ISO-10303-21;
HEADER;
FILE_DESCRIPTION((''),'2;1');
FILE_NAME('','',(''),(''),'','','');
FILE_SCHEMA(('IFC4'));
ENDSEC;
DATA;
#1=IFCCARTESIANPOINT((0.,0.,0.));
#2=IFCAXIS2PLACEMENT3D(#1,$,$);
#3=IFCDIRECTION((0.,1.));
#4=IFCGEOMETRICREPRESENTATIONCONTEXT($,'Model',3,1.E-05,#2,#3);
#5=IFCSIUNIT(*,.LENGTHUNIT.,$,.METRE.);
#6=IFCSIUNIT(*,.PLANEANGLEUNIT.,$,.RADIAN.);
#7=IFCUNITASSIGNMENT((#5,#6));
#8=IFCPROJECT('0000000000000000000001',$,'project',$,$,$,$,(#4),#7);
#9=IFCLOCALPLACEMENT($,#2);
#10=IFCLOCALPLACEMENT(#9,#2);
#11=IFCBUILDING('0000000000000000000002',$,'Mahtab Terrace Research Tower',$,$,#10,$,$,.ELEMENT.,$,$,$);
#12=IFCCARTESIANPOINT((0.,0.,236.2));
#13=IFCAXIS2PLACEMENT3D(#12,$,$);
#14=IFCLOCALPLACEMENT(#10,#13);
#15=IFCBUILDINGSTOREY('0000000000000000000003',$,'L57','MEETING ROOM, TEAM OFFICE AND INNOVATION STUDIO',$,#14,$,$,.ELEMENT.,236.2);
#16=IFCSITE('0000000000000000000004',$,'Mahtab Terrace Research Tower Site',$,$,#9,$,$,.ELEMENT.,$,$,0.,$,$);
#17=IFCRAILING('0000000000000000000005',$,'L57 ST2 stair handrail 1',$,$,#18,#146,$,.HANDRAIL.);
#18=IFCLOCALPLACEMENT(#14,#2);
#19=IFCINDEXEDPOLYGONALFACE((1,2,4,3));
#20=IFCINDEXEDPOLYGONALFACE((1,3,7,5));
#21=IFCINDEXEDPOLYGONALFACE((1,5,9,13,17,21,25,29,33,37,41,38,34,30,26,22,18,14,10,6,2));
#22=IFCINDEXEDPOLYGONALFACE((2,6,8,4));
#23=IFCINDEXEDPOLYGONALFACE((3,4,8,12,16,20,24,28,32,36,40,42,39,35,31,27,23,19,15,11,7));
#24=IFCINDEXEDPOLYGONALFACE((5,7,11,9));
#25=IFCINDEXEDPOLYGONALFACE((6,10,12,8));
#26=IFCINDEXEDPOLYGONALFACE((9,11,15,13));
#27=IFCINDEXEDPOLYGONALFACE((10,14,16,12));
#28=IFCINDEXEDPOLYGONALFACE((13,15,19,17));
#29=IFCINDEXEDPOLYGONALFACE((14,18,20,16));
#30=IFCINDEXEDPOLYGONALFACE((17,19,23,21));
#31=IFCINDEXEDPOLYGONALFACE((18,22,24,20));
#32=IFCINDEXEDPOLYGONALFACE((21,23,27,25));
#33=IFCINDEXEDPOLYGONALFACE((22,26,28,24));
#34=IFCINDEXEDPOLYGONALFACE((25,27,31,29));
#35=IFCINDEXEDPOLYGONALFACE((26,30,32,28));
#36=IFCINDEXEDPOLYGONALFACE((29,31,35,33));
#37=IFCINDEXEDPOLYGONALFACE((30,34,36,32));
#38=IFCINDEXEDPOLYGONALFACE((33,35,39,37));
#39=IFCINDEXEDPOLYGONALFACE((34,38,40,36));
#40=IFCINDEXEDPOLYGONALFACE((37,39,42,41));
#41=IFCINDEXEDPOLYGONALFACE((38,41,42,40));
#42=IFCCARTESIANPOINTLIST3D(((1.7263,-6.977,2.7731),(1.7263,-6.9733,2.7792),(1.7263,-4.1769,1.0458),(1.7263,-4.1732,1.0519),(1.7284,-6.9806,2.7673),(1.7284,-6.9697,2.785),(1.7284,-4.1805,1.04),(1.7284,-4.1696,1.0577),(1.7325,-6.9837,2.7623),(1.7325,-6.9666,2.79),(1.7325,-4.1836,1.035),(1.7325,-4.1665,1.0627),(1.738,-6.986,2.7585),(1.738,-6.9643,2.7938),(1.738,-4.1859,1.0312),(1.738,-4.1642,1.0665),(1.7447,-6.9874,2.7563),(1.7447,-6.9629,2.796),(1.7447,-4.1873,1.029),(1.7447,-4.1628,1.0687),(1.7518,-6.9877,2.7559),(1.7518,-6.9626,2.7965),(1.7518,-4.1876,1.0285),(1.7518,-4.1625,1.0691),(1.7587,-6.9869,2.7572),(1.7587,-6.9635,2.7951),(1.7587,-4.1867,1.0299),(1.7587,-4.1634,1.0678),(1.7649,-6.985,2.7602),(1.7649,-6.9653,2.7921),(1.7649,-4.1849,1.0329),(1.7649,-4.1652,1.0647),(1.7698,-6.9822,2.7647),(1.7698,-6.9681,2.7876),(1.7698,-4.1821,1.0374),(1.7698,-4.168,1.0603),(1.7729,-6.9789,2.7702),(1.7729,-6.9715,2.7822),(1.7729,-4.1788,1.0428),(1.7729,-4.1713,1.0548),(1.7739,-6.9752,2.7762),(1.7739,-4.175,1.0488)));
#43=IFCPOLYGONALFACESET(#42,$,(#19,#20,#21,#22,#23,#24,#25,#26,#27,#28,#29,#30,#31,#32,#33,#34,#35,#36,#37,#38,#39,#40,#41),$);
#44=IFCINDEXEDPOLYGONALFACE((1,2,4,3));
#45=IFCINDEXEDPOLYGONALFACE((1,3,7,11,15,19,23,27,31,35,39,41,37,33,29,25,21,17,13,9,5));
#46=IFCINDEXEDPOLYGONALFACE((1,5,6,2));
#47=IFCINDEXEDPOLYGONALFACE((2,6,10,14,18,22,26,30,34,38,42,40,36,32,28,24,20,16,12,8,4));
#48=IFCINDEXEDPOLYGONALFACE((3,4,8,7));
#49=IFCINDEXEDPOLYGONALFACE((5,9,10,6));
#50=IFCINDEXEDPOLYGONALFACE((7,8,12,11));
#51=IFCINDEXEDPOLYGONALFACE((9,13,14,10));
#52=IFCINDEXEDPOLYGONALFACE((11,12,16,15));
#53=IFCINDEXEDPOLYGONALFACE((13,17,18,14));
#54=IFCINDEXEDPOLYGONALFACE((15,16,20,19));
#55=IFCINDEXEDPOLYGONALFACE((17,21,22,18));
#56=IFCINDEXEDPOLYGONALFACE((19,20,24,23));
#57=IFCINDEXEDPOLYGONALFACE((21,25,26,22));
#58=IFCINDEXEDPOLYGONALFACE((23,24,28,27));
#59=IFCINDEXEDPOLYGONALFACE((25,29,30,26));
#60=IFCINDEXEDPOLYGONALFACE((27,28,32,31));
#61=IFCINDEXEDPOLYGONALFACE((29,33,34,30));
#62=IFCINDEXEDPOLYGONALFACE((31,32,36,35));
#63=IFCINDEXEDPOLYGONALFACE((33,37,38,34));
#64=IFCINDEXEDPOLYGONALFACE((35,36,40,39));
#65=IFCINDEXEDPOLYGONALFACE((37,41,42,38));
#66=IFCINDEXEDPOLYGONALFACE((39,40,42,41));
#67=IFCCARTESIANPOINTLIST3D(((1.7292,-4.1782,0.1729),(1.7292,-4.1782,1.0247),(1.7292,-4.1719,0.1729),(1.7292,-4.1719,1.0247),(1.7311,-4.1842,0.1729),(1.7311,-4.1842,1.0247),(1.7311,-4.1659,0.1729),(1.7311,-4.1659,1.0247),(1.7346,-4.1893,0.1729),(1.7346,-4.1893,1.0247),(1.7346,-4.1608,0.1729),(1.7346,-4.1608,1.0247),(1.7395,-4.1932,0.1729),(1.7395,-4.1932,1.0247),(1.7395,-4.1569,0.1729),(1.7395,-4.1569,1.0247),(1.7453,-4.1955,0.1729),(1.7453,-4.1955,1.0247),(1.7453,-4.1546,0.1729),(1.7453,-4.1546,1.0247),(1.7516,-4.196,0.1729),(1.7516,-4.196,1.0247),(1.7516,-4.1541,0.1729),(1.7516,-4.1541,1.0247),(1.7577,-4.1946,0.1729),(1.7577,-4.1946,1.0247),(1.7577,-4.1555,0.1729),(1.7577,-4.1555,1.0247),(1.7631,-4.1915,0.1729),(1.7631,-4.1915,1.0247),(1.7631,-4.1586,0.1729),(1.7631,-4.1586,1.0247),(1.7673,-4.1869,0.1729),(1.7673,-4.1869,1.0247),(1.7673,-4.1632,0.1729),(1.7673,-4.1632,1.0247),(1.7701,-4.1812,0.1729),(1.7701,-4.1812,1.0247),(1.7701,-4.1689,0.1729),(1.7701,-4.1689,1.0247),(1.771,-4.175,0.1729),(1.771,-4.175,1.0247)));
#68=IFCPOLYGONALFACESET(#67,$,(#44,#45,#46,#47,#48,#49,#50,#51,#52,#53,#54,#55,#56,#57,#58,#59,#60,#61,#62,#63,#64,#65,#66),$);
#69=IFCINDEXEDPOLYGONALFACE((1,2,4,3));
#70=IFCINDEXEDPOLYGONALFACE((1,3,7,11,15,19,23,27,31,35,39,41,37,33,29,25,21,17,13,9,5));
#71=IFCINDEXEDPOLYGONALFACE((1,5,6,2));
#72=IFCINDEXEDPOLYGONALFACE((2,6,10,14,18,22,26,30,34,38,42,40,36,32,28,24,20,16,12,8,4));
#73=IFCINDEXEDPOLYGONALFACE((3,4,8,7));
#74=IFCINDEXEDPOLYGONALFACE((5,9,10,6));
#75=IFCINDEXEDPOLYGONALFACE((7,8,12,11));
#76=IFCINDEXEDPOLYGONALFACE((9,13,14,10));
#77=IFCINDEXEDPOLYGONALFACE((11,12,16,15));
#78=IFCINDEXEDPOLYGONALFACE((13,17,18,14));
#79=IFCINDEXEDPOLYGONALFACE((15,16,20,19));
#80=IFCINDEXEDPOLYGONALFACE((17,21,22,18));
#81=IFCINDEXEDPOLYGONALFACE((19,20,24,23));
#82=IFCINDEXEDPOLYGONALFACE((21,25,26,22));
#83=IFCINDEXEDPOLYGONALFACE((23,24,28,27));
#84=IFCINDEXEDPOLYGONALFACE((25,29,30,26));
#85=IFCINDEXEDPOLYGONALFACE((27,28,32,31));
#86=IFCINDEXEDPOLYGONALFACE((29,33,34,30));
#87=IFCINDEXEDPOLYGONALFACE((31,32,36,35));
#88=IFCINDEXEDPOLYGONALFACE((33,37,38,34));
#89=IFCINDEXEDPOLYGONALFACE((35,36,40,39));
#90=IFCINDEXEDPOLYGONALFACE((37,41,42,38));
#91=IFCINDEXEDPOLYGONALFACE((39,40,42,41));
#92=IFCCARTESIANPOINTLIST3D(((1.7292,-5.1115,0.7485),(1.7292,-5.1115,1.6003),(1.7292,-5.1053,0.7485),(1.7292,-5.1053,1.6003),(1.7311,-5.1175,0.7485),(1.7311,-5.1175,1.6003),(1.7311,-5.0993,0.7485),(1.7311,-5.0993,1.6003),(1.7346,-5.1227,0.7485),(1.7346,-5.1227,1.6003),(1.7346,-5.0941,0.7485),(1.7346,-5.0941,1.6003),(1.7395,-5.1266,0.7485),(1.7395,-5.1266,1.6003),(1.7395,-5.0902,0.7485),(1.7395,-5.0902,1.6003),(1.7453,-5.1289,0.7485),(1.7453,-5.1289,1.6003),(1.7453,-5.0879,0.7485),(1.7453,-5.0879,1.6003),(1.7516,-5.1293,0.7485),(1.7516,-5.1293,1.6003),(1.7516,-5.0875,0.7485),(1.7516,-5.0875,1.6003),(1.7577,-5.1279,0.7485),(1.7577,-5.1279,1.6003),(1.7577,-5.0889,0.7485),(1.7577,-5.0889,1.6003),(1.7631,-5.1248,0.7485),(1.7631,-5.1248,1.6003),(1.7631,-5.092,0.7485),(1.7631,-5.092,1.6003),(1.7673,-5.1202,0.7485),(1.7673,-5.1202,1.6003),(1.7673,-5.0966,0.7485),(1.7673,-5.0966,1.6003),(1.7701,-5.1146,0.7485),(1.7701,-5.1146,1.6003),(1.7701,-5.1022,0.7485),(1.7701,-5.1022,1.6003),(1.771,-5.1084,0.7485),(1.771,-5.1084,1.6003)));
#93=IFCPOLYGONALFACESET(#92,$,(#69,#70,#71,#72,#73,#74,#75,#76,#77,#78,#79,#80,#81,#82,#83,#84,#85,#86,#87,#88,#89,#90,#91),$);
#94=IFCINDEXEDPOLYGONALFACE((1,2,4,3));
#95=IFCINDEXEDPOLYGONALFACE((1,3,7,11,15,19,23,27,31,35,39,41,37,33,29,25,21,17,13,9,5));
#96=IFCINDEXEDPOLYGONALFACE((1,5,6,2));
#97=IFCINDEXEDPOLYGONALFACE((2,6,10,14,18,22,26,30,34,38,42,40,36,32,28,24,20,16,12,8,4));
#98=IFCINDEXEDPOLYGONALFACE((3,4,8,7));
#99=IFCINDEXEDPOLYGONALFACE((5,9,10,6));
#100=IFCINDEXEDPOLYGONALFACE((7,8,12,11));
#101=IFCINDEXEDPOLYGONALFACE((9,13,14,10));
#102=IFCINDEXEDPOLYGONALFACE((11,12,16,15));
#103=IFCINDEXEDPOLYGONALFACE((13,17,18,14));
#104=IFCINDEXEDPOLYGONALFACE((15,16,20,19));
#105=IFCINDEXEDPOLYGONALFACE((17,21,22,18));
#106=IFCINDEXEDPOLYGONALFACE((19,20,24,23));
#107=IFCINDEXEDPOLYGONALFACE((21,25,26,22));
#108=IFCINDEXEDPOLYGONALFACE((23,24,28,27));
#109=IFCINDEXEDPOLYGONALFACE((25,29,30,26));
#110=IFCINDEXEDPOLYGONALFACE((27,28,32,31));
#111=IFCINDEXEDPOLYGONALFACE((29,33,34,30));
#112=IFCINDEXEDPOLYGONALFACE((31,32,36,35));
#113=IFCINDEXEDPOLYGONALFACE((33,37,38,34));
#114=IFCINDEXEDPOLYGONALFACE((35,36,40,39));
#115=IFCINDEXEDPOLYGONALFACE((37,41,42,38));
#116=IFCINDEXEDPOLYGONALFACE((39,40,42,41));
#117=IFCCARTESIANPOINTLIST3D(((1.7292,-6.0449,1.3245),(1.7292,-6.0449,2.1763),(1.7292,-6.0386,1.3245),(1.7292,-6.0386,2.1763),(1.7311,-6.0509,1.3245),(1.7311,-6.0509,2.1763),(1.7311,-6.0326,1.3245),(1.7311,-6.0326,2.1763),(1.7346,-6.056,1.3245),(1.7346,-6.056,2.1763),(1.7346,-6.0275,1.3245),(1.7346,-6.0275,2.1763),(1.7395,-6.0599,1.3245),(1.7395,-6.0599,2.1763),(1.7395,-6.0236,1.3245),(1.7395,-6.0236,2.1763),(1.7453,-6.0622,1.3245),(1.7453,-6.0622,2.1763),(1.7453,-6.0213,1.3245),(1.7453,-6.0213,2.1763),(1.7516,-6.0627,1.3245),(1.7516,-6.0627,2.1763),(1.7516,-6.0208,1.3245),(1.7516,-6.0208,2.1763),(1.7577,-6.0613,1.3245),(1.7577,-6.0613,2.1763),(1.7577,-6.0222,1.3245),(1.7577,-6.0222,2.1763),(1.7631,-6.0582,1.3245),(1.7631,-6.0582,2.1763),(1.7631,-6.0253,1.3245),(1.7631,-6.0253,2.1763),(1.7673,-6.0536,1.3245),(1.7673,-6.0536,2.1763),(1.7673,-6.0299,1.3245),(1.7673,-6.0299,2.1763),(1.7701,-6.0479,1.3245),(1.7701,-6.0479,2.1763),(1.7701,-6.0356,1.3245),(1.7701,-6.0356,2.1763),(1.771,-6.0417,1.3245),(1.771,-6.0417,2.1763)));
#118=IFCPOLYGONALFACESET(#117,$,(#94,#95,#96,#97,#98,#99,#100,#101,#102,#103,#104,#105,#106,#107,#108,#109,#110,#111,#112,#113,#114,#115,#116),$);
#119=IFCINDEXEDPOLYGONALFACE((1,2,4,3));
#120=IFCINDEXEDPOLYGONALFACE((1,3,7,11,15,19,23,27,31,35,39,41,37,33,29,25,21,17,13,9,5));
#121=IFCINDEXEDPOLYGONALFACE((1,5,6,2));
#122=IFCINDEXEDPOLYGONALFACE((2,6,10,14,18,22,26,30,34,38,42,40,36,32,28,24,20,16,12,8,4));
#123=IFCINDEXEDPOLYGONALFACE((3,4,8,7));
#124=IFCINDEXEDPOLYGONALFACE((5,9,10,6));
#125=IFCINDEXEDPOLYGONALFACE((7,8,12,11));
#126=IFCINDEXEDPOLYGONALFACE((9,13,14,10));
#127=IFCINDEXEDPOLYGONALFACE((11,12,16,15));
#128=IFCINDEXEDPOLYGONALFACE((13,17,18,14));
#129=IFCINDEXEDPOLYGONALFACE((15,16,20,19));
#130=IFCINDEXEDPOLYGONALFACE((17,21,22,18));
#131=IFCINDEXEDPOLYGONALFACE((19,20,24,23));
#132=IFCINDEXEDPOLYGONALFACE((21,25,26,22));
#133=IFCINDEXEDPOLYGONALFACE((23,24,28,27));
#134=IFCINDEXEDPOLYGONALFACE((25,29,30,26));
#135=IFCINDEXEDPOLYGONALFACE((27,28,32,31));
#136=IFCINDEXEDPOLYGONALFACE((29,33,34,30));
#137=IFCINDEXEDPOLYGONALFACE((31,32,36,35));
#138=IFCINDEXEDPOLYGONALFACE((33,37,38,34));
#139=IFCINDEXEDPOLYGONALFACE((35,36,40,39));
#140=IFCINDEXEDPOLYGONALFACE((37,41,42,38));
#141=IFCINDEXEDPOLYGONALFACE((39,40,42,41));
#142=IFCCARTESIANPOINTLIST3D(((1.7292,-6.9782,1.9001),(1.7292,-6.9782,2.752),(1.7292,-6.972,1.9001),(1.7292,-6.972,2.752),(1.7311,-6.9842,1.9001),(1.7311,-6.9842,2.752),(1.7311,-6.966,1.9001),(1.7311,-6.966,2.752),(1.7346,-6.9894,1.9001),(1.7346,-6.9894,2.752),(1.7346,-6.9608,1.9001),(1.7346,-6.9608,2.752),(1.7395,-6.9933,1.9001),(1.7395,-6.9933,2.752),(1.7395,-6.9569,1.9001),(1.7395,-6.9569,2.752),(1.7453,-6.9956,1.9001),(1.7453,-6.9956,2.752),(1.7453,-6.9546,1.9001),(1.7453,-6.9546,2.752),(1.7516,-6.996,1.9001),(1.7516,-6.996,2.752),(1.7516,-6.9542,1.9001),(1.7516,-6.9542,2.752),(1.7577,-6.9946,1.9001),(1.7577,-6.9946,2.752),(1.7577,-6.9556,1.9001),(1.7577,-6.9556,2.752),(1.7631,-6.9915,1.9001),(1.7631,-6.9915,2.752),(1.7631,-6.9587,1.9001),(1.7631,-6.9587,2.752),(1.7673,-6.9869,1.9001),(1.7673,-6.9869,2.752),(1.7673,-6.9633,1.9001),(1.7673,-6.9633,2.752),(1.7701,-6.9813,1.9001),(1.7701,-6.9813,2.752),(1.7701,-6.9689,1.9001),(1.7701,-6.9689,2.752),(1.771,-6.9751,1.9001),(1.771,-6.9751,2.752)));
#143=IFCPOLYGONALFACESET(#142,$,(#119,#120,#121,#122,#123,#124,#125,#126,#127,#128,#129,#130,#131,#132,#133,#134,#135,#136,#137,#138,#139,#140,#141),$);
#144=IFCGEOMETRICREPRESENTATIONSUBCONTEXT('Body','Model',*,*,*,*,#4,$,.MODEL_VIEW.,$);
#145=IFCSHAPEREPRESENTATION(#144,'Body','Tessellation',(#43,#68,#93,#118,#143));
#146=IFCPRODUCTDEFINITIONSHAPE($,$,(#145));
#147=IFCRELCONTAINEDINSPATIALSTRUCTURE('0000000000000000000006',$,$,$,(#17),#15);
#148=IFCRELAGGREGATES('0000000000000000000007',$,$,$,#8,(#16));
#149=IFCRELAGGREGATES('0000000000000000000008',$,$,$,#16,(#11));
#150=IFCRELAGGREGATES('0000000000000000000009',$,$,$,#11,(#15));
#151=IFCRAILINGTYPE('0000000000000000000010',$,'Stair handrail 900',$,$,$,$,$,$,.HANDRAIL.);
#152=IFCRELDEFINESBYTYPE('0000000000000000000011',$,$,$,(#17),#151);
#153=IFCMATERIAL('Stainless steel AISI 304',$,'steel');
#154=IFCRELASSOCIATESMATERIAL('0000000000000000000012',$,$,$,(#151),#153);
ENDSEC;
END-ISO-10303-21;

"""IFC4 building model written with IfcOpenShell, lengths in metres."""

from ifc_helpers import new_model, si_unit, direction, frame, origin, origin_2d, place, context, subcontext, project, spatial, circle, extrude, material, type_object, element, save


model = new_model("IFC4")

# Units and contexts
model_context = context("Model", 3, precision=1e-05, world=origin(), true_north=direction((0.0, 1.0)))
body_context = subcontext(model_context, "Body", "Model", "MODEL_VIEW")
ifc_project = project(units=[si_unit("LENGTHUNIT", "METRE"), si_unit("PLANEANGLEUNIT", "RADIAN")], contexts=[model_context])

# Site, building, storey
site_placement = place(None, origin())
site = spatial("IfcSite", under=ifc_project, at=site_placement, Name="Mahtab Terrace Research Tower Site", CompositionType="ELEMENT", RefElevation=0.0)
building_placement = place(site_placement, origin())
building = spatial("IfcBuilding", under=site, at=building_placement, Name="Mahtab Terrace Research Tower", CompositionType="ELEMENT")
storey_placement = place(building_placement, frame((0.0, 0.0, 236.2)))
storey = spatial("IfcBuildingStorey", under=building, at=storey_placement, Name="L57", Description="MEETING ROOM, TEAM OFFICE AND INNOVATION STUDIO", CompositionType="ELEMENT", Elevation=236.2)

# Shared definitions
ifc_material_1 = material(Name="Stainless steel AISI 304", Category="steel")

# Railing
railing_type_1 = type_object("IfcRailingType", Name="Stair handrail 900", PredefinedType="HANDRAIL", material=ifc_material_1)
railing_1_placement = place(storey_placement, frame((1.75, -4.175, 0.1729)))
element("IfcRailing", 1, at=railing_1_placement, inside=storey, type_object=railing_type_1, Name="L57 ST2 stair handrail 1", PredefinedType="HANDRAIL", context=body_context, shape_type="SweptSolid", body=[
    extrude(circle(Radius=0.0239, at=origin_2d()), frame((0.0, 0.0, 0.876), z_axis=(0.0, -0.85109, 0.52502), x_axis=(1.0, 0.0, 0.0)), (0.0, 0.0, 1.0), 3.29),
    extrude(circle(Radius=0.021, at=origin_2d()), origin(), (0.0, 0.0, 1.0), 0.8518),
    extrude(circle(Radius=0.021, at=origin_2d()), frame((0.0, -0.9333, 0.5757)), (0.0, 0.0, 1.0), 0.8518),
    extrude(circle(Radius=0.021, at=origin_2d()), frame((0.0, -1.8667, 1.1516)), (0.0, 0.0, 1.0), 0.8518),
    extrude(circle(Radius=0.021, at=origin_2d()), frame((0.0, -2.8, 1.7273)), (0.0, 0.0, 1.0), 0.8518),
])

save(model, "model.ifc")
